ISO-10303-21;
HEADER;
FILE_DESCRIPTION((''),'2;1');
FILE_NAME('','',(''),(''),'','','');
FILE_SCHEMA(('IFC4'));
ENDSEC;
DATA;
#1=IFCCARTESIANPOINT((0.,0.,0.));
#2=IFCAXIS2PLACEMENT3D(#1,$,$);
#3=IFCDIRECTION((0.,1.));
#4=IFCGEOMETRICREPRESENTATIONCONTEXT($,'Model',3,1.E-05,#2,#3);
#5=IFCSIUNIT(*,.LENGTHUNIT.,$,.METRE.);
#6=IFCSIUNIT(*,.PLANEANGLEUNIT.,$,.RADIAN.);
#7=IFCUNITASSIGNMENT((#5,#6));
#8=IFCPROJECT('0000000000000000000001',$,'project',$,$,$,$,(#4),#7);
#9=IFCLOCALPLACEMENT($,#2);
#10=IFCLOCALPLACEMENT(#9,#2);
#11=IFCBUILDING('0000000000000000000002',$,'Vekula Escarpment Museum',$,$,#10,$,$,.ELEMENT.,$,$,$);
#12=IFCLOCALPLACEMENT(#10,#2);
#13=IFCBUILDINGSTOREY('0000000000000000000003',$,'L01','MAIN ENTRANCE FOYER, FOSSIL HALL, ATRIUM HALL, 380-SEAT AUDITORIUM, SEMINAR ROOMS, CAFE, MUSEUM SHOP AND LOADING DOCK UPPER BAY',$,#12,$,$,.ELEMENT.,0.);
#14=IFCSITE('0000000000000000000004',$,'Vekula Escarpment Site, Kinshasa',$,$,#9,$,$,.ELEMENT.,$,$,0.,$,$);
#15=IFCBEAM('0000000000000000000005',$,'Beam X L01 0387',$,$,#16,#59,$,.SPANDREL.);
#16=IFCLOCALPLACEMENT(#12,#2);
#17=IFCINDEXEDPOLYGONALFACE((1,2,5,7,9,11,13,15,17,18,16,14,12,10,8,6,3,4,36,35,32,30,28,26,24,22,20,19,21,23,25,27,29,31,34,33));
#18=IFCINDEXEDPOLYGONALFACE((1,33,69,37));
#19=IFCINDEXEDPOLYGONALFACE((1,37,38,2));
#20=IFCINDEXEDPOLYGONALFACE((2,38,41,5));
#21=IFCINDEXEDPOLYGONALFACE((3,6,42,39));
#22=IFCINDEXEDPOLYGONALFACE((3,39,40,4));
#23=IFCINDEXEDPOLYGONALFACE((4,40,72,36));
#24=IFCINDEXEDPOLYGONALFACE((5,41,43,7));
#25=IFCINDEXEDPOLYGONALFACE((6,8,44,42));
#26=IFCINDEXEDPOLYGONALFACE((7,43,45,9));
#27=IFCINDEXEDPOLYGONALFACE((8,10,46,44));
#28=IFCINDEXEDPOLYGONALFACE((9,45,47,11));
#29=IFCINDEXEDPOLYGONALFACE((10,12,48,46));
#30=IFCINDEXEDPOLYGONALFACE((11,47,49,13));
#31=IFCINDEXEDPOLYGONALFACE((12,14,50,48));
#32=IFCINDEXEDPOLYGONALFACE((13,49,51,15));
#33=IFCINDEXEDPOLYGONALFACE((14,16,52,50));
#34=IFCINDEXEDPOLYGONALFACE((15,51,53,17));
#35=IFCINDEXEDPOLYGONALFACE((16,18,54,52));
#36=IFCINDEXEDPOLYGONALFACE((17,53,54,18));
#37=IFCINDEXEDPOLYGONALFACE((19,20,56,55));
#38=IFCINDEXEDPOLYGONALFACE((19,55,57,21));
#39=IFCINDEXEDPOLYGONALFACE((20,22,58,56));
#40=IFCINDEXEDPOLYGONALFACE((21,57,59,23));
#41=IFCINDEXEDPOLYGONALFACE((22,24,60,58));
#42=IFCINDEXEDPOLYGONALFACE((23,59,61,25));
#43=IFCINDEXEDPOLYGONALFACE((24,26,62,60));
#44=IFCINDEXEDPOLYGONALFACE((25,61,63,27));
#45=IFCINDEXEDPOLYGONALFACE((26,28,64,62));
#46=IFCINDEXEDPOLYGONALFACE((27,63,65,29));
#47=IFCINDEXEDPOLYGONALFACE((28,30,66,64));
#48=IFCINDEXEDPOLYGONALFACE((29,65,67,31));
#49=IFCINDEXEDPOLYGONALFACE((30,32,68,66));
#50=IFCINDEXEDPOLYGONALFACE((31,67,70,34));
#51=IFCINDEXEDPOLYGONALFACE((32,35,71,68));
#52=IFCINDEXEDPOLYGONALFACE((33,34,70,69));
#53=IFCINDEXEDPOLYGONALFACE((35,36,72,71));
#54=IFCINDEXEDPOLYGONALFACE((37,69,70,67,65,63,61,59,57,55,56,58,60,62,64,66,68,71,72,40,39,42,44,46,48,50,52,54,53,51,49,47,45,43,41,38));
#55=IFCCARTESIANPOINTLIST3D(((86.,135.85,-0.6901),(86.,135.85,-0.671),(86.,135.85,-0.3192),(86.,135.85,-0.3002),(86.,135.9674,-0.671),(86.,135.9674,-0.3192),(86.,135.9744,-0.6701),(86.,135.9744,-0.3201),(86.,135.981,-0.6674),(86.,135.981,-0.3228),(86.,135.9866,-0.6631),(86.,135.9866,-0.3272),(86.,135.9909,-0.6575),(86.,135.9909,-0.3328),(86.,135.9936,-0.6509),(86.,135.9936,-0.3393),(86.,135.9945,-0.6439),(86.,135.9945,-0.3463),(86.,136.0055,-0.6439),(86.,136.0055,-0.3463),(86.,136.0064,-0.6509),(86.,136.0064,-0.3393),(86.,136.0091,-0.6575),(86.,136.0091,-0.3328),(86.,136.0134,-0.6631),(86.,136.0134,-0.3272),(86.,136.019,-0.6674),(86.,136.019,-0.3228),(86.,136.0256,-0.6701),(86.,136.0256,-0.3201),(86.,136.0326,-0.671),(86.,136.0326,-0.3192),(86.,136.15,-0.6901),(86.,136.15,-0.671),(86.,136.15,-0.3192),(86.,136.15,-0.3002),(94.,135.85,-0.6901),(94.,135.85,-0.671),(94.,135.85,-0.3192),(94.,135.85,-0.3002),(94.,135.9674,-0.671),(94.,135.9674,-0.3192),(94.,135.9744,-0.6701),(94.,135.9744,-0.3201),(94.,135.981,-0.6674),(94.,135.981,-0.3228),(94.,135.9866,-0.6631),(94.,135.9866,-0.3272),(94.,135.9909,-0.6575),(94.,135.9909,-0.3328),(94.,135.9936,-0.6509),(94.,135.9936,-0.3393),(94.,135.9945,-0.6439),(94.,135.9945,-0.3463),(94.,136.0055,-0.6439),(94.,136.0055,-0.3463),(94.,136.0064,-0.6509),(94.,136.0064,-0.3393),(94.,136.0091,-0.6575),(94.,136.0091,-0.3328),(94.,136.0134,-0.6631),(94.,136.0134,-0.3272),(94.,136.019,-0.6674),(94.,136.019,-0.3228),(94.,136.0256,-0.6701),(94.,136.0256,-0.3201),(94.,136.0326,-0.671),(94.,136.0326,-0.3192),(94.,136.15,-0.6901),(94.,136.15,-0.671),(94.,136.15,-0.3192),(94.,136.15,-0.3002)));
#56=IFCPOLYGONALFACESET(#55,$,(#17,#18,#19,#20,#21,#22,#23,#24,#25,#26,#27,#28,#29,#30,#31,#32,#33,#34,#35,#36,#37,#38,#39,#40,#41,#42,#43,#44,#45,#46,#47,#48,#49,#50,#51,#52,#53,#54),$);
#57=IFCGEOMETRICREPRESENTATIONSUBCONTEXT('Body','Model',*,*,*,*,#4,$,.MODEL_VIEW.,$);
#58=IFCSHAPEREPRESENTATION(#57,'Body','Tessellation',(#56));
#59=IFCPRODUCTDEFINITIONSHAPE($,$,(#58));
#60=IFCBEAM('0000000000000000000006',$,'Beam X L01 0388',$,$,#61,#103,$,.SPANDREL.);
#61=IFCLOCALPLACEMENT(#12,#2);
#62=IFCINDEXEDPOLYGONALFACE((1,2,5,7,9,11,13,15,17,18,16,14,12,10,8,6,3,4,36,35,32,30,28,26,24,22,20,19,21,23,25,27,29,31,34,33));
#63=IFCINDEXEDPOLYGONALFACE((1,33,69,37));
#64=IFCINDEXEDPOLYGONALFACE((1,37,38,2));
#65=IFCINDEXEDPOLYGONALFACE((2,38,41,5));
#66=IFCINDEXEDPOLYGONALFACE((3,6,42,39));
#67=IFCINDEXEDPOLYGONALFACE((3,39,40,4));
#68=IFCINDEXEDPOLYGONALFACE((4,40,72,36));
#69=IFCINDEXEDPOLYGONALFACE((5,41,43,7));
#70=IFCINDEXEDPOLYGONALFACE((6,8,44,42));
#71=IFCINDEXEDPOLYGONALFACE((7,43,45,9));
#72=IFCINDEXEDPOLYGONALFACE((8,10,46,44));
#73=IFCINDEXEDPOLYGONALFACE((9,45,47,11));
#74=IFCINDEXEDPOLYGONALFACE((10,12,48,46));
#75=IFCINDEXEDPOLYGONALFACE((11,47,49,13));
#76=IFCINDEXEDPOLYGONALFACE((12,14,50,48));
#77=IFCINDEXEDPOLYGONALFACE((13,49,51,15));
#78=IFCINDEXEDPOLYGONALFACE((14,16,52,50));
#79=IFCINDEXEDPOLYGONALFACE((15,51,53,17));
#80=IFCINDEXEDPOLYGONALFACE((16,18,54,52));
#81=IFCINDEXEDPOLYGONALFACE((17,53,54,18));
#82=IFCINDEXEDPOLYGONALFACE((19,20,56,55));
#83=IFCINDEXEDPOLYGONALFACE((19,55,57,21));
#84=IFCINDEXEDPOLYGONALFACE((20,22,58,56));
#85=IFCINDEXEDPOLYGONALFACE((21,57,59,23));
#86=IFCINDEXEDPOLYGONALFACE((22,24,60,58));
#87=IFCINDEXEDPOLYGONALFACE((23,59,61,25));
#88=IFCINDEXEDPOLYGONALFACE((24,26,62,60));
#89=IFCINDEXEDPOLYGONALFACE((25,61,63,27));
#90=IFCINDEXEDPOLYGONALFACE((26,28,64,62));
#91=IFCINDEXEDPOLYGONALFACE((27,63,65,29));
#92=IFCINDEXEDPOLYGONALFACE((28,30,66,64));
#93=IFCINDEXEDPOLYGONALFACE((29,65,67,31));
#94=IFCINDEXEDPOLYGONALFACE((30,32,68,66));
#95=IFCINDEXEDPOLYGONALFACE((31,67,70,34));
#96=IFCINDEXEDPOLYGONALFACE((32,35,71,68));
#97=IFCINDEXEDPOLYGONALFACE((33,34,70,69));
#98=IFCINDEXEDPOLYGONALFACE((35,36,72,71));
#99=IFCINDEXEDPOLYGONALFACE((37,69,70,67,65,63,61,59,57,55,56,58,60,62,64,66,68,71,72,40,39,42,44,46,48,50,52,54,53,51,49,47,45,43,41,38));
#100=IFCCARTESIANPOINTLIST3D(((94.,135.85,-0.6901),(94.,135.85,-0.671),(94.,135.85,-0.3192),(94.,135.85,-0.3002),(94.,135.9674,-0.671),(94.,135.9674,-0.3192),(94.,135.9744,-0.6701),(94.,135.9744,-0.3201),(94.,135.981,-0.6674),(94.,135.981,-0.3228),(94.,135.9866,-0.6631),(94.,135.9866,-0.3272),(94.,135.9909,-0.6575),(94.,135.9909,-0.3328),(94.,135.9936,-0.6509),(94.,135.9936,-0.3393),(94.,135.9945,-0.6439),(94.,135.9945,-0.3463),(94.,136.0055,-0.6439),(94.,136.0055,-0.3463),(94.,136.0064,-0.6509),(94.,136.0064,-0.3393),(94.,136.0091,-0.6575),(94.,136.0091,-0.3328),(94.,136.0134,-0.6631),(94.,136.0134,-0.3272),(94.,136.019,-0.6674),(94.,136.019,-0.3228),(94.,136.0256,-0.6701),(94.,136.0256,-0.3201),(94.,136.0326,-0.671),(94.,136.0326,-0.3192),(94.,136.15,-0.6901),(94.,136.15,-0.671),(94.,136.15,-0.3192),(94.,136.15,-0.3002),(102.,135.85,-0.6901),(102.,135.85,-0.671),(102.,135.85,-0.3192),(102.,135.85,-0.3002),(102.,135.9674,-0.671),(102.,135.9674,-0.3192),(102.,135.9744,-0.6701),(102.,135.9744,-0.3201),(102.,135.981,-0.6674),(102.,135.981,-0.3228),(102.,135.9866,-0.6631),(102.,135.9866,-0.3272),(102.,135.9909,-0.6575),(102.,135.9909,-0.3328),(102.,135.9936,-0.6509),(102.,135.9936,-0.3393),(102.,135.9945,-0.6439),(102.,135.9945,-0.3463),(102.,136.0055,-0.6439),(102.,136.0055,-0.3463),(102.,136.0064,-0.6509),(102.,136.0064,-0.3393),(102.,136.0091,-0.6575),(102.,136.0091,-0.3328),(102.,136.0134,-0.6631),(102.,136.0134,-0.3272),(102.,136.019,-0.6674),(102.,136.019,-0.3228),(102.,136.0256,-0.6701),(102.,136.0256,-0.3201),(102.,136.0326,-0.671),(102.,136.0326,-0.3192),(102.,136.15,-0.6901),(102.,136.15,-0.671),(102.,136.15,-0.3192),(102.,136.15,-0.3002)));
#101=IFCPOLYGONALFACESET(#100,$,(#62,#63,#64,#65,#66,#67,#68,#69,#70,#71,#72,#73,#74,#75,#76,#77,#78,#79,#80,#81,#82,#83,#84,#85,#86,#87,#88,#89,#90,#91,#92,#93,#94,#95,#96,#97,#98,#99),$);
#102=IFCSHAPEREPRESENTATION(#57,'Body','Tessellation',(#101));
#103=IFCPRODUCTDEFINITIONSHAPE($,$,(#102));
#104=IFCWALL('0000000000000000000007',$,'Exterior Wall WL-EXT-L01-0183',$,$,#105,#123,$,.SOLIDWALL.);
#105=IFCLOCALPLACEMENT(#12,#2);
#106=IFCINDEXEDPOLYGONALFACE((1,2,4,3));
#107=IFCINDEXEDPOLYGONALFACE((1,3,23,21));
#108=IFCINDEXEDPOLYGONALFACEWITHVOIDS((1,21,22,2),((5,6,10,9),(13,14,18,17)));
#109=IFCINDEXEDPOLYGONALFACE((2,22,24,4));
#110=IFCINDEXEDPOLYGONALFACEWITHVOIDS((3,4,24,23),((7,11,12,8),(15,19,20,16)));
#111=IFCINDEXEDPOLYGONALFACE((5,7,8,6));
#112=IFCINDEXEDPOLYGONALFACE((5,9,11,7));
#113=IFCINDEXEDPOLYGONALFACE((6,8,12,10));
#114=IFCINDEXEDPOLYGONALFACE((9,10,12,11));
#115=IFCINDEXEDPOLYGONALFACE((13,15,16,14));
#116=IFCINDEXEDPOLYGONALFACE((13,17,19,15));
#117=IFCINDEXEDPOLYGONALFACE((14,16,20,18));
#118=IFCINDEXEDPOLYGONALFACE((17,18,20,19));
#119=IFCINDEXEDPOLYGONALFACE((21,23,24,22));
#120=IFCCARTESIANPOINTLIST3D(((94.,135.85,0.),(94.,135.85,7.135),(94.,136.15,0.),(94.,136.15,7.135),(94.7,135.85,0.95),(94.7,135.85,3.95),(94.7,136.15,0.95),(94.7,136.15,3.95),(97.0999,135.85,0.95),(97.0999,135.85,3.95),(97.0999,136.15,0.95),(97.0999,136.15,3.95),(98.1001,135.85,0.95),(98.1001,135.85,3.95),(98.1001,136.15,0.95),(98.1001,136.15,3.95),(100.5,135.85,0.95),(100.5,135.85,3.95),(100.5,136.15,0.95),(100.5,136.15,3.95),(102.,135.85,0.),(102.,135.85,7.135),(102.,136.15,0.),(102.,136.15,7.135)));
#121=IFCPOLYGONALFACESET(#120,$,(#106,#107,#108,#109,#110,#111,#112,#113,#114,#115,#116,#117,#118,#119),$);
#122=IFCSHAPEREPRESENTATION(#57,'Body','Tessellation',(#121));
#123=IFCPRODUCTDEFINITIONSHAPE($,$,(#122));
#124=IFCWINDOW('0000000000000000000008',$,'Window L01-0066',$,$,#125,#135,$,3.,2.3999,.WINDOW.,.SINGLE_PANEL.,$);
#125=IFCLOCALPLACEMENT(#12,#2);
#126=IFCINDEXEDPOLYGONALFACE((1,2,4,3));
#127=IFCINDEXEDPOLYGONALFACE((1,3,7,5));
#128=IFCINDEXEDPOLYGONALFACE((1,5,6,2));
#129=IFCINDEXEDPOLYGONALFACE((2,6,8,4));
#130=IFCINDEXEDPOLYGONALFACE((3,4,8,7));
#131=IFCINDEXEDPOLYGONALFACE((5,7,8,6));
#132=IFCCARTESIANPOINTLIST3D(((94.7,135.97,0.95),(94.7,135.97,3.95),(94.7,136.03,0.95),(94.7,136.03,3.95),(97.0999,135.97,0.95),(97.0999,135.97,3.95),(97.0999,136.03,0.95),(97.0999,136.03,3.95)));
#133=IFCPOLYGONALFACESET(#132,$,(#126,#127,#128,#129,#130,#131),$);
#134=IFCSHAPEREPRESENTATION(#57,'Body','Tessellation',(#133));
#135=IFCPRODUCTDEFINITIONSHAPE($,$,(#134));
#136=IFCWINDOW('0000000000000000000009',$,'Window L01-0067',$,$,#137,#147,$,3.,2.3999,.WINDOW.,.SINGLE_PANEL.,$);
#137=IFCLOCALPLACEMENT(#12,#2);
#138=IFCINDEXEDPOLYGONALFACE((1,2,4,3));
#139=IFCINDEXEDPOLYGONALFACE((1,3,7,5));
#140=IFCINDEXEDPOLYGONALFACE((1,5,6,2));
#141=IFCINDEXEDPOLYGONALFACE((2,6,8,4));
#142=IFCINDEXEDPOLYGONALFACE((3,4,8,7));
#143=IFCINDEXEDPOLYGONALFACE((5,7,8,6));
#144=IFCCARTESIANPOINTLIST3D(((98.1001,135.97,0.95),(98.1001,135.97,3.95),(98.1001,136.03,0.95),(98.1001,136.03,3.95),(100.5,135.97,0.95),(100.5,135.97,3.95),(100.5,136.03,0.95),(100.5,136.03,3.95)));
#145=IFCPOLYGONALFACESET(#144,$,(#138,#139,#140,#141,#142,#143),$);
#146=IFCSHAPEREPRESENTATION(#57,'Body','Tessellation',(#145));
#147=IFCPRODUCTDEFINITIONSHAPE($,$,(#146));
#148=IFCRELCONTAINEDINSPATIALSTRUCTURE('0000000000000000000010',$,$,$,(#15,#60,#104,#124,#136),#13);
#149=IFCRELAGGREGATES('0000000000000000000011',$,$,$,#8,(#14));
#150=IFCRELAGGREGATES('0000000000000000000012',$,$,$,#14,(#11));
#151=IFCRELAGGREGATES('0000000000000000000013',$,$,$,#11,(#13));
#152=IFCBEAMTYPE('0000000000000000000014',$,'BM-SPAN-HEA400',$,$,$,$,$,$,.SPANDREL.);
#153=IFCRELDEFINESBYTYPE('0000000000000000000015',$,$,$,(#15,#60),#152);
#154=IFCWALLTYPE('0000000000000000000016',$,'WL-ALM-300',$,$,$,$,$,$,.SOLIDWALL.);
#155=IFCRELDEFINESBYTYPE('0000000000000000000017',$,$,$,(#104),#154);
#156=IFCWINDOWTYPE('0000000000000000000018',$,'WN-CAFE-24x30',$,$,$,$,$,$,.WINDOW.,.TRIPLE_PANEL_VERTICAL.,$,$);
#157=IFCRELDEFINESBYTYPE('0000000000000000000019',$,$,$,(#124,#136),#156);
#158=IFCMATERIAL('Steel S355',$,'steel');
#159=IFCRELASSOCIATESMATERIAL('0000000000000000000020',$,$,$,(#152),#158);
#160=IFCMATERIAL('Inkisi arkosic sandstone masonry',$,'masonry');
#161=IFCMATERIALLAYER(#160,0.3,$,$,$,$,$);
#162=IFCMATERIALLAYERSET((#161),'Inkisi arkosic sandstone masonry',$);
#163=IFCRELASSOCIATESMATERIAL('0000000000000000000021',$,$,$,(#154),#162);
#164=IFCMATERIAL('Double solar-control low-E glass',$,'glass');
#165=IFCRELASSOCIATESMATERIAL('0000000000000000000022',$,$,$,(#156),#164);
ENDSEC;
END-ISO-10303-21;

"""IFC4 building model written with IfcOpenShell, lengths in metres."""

from ifc_helpers import new_model, si_unit, direction, frame, frame_2d, origin, origin_2d, place, context, subcontext, project, spatial, rectangle, i_section, extrude, material, layer, layer_set, material_profile, profile_set, type_object, element, fill, save


model = new_model("IFC4")

# Units and contexts
model_context = context("Model", 3, precision=1e-05, world=origin(), true_north=direction((0.0, 1.0)))
body_context = subcontext(model_context, "Body", "Model", "MODEL_VIEW")
ifc_project = project(units=[si_unit("LENGTHUNIT", "METRE"), si_unit("PLANEANGLEUNIT", "RADIAN")], contexts=[model_context])

# Site, building, storey
site_placement = place(None, origin())
site = spatial("IfcSite", under=ifc_project, at=site_placement, Name="Vekula Escarpment Site, Kinshasa", CompositionType="ELEMENT", RefElevation=0.0)
building_placement = place(site_placement, origin())
building = spatial("IfcBuilding", under=site, at=building_placement, Name="Vekula Escarpment Museum", CompositionType="ELEMENT")
storey_placement = place(building_placement, origin())
storey = spatial("IfcBuildingStorey", under=building, at=storey_placement, Name="L01", Description="MAIN ENTRANCE FOYER, FOSSIL HALL, ATRIUM HALL, 380-SEAT AUDITORIUM, SEMINAR ROOMS, CAFE, MUSEUM SHOP AND LOADING DOCK UPPER BAY", CompositionType="ELEMENT", Elevation=0.0)

# Beams
ifc_material_1 = material(Name="Steel S355", Category="steel")
ifc_material_profile_1 = material_profile(ifc_material_1, i_section(OverallWidth=0.3, OverallDepth=0.3899, WebThickness=0.011, FlangeThickness=0.019, FilletRadius=0.0271, at=origin_2d()), Name="HEA 400")
ifc_profile_set_1 = profile_set([ifc_material_profile_1], Name="Steel S355")
beam_type_1 = type_object("IfcBeamType", Name="BM-SPAN-HEA400", PredefinedType="SPANDREL", material=ifc_profile_set_1)
for number, where, z_axis, x_axis, name in (
    (1, (86.0, 136.0, -0.4951), (1.0, 0.0, 0.0), (0.0, 1.0, 0.0), "Beam X L01 0387"),
    (2, (94.0, 136.0, -0.4951), (1.0, 0.0, 0.0), (0.0, 1.0, 0.0), "Beam X L01 0388"),
):
    element("IfcBeam", number, at=place(storey_placement, frame(where, z_axis=z_axis, x_axis=x_axis)), inside=storey, type_object=beam_type_1, Name=name, PredefinedType="SPANDREL", context=body_context, shape_type="SweptSolid", body=[
        extrude(i_section(OverallWidth=0.3, OverallDepth=0.3899, WebThickness=0.011, FlangeThickness=0.019, FilletRadius=0.0271, at=origin_2d()), origin(), (0.0, 0.0, 1.0), 8.0),
    ])

# Wall, openings, windows
ifc_material_2 = material(Name="Inkisi arkosic sandstone masonry", Category="masonry")
ifc_layer_1 = layer(ifc_material_2, 0.3)
ifc_layer_set_1 = layer_set([ifc_layer_1], Name="Inkisi arkosic sandstone masonry")
wall_type_1 = type_object("IfcWallType", Name="WL-ALM-300", PredefinedType="SOLIDWALL", material=ifc_layer_set_1)
wall_1_placement = place(storey_placement, frame((94.0, 136.0, 0.0), z_axis=(0.0, 0.0, 1.0), x_axis=(1.0, 0.0, 0.0)))
wall_1 = element("IfcWall", 3, at=wall_1_placement, inside=storey, type_object=wall_type_1, Name="Exterior Wall WL-EXT-L01-0183", PredefinedType="SOLIDWALL", context=body_context, shape_type="SweptSolid", body=[
    extrude(rectangle(XDim=8.0, YDim=0.3, at=frame_2d((4.0, 0.0))), origin(), (0.0, 0.0, 1.0), 7.135),
])
opening_1_placement = place(wall_1_placement, frame((0.7, 0.0, 0.95)))
opening_1 = element("IfcOpeningElement", 4, at=opening_1_placement, cuts=wall_1, PredefinedType="OPENING", context=body_context, shape_type="SweptSolid", body=[
    extrude(rectangle(XDim=2.3999, YDim=3.0, at=frame_2d((1.2, 1.5))), frame((0.0, 0.1599, 0.0), z_axis=(0.0, -1.0, 0.0), x_axis=(1.0, 0.0, 0.0)), (0.0, 0.0, 1.0), 0.3201),
])
opening_2_placement = place(wall_1_placement, frame((4.1001, 0.0, 0.95)))
opening_2 = element("IfcOpeningElement", 5, at=opening_2_placement, cuts=wall_1, PredefinedType="OPENING", context=body_context, shape_type="SweptSolid", body=[
    extrude(rectangle(XDim=2.3999, YDim=3.0, at=frame_2d((1.2, 1.5))), frame((0.0, 0.1599, 0.0), z_axis=(0.0, -1.0, 0.0), x_axis=(1.0, 0.0, 0.0)), (0.0, 0.0, 1.0), 0.3201),
])
ifc_material_3 = material(Name="Double solar-control low-E glass", Category="glass")
window_type_1 = type_object("IfcWindowType", Name="WN-CAFE-24x30", PartitioningType="TRIPLE_PANEL_VERTICAL", PredefinedType="WINDOW", material=ifc_material_3)
window_1_placement = place(opening_1_placement, origin())
window_1 = element("IfcWindow", 6, at=window_1_placement, inside=storey, type_object=window_type_1, Name="Window L01-0066", OverallHeight=3.0, OverallWidth=2.3999, PartitioningType="SINGLE_PANEL", PredefinedType="WINDOW", context=body_context, shape_type="SweptSolid", body=[
    extrude(rectangle(XDim=2.3999, YDim=3.0, at=frame_2d((1.2, 1.5))), frame((0.0, 0.03, 0.0), z_axis=(0.0, -1.0, 0.0), x_axis=(1.0, 0.0, 0.0)), (0.0, 0.0, 1.0), 0.0601),
])
fill(opening_1, window_1)
window_2_placement = place(opening_2_placement, origin())
window_2 = element("IfcWindow", 7, at=window_2_placement, inside=storey, type_object=window_type_1, Name="Window L01-0067", OverallHeight=3.0, OverallWidth=2.3999, PartitioningType="SINGLE_PANEL", PredefinedType="WINDOW", context=body_context, shape_type="SweptSolid", body=[
    extrude(rectangle(XDim=2.3999, YDim=3.0, at=frame_2d((1.2, 1.5))), frame((0.0, 0.03, 0.0), z_axis=(0.0, -1.0, 0.0), x_axis=(1.0, 0.0, 0.0)), (0.0, 0.0, 1.0), 0.0601),
])
fill(opening_2, window_2)

save(model, "model.ifc")
